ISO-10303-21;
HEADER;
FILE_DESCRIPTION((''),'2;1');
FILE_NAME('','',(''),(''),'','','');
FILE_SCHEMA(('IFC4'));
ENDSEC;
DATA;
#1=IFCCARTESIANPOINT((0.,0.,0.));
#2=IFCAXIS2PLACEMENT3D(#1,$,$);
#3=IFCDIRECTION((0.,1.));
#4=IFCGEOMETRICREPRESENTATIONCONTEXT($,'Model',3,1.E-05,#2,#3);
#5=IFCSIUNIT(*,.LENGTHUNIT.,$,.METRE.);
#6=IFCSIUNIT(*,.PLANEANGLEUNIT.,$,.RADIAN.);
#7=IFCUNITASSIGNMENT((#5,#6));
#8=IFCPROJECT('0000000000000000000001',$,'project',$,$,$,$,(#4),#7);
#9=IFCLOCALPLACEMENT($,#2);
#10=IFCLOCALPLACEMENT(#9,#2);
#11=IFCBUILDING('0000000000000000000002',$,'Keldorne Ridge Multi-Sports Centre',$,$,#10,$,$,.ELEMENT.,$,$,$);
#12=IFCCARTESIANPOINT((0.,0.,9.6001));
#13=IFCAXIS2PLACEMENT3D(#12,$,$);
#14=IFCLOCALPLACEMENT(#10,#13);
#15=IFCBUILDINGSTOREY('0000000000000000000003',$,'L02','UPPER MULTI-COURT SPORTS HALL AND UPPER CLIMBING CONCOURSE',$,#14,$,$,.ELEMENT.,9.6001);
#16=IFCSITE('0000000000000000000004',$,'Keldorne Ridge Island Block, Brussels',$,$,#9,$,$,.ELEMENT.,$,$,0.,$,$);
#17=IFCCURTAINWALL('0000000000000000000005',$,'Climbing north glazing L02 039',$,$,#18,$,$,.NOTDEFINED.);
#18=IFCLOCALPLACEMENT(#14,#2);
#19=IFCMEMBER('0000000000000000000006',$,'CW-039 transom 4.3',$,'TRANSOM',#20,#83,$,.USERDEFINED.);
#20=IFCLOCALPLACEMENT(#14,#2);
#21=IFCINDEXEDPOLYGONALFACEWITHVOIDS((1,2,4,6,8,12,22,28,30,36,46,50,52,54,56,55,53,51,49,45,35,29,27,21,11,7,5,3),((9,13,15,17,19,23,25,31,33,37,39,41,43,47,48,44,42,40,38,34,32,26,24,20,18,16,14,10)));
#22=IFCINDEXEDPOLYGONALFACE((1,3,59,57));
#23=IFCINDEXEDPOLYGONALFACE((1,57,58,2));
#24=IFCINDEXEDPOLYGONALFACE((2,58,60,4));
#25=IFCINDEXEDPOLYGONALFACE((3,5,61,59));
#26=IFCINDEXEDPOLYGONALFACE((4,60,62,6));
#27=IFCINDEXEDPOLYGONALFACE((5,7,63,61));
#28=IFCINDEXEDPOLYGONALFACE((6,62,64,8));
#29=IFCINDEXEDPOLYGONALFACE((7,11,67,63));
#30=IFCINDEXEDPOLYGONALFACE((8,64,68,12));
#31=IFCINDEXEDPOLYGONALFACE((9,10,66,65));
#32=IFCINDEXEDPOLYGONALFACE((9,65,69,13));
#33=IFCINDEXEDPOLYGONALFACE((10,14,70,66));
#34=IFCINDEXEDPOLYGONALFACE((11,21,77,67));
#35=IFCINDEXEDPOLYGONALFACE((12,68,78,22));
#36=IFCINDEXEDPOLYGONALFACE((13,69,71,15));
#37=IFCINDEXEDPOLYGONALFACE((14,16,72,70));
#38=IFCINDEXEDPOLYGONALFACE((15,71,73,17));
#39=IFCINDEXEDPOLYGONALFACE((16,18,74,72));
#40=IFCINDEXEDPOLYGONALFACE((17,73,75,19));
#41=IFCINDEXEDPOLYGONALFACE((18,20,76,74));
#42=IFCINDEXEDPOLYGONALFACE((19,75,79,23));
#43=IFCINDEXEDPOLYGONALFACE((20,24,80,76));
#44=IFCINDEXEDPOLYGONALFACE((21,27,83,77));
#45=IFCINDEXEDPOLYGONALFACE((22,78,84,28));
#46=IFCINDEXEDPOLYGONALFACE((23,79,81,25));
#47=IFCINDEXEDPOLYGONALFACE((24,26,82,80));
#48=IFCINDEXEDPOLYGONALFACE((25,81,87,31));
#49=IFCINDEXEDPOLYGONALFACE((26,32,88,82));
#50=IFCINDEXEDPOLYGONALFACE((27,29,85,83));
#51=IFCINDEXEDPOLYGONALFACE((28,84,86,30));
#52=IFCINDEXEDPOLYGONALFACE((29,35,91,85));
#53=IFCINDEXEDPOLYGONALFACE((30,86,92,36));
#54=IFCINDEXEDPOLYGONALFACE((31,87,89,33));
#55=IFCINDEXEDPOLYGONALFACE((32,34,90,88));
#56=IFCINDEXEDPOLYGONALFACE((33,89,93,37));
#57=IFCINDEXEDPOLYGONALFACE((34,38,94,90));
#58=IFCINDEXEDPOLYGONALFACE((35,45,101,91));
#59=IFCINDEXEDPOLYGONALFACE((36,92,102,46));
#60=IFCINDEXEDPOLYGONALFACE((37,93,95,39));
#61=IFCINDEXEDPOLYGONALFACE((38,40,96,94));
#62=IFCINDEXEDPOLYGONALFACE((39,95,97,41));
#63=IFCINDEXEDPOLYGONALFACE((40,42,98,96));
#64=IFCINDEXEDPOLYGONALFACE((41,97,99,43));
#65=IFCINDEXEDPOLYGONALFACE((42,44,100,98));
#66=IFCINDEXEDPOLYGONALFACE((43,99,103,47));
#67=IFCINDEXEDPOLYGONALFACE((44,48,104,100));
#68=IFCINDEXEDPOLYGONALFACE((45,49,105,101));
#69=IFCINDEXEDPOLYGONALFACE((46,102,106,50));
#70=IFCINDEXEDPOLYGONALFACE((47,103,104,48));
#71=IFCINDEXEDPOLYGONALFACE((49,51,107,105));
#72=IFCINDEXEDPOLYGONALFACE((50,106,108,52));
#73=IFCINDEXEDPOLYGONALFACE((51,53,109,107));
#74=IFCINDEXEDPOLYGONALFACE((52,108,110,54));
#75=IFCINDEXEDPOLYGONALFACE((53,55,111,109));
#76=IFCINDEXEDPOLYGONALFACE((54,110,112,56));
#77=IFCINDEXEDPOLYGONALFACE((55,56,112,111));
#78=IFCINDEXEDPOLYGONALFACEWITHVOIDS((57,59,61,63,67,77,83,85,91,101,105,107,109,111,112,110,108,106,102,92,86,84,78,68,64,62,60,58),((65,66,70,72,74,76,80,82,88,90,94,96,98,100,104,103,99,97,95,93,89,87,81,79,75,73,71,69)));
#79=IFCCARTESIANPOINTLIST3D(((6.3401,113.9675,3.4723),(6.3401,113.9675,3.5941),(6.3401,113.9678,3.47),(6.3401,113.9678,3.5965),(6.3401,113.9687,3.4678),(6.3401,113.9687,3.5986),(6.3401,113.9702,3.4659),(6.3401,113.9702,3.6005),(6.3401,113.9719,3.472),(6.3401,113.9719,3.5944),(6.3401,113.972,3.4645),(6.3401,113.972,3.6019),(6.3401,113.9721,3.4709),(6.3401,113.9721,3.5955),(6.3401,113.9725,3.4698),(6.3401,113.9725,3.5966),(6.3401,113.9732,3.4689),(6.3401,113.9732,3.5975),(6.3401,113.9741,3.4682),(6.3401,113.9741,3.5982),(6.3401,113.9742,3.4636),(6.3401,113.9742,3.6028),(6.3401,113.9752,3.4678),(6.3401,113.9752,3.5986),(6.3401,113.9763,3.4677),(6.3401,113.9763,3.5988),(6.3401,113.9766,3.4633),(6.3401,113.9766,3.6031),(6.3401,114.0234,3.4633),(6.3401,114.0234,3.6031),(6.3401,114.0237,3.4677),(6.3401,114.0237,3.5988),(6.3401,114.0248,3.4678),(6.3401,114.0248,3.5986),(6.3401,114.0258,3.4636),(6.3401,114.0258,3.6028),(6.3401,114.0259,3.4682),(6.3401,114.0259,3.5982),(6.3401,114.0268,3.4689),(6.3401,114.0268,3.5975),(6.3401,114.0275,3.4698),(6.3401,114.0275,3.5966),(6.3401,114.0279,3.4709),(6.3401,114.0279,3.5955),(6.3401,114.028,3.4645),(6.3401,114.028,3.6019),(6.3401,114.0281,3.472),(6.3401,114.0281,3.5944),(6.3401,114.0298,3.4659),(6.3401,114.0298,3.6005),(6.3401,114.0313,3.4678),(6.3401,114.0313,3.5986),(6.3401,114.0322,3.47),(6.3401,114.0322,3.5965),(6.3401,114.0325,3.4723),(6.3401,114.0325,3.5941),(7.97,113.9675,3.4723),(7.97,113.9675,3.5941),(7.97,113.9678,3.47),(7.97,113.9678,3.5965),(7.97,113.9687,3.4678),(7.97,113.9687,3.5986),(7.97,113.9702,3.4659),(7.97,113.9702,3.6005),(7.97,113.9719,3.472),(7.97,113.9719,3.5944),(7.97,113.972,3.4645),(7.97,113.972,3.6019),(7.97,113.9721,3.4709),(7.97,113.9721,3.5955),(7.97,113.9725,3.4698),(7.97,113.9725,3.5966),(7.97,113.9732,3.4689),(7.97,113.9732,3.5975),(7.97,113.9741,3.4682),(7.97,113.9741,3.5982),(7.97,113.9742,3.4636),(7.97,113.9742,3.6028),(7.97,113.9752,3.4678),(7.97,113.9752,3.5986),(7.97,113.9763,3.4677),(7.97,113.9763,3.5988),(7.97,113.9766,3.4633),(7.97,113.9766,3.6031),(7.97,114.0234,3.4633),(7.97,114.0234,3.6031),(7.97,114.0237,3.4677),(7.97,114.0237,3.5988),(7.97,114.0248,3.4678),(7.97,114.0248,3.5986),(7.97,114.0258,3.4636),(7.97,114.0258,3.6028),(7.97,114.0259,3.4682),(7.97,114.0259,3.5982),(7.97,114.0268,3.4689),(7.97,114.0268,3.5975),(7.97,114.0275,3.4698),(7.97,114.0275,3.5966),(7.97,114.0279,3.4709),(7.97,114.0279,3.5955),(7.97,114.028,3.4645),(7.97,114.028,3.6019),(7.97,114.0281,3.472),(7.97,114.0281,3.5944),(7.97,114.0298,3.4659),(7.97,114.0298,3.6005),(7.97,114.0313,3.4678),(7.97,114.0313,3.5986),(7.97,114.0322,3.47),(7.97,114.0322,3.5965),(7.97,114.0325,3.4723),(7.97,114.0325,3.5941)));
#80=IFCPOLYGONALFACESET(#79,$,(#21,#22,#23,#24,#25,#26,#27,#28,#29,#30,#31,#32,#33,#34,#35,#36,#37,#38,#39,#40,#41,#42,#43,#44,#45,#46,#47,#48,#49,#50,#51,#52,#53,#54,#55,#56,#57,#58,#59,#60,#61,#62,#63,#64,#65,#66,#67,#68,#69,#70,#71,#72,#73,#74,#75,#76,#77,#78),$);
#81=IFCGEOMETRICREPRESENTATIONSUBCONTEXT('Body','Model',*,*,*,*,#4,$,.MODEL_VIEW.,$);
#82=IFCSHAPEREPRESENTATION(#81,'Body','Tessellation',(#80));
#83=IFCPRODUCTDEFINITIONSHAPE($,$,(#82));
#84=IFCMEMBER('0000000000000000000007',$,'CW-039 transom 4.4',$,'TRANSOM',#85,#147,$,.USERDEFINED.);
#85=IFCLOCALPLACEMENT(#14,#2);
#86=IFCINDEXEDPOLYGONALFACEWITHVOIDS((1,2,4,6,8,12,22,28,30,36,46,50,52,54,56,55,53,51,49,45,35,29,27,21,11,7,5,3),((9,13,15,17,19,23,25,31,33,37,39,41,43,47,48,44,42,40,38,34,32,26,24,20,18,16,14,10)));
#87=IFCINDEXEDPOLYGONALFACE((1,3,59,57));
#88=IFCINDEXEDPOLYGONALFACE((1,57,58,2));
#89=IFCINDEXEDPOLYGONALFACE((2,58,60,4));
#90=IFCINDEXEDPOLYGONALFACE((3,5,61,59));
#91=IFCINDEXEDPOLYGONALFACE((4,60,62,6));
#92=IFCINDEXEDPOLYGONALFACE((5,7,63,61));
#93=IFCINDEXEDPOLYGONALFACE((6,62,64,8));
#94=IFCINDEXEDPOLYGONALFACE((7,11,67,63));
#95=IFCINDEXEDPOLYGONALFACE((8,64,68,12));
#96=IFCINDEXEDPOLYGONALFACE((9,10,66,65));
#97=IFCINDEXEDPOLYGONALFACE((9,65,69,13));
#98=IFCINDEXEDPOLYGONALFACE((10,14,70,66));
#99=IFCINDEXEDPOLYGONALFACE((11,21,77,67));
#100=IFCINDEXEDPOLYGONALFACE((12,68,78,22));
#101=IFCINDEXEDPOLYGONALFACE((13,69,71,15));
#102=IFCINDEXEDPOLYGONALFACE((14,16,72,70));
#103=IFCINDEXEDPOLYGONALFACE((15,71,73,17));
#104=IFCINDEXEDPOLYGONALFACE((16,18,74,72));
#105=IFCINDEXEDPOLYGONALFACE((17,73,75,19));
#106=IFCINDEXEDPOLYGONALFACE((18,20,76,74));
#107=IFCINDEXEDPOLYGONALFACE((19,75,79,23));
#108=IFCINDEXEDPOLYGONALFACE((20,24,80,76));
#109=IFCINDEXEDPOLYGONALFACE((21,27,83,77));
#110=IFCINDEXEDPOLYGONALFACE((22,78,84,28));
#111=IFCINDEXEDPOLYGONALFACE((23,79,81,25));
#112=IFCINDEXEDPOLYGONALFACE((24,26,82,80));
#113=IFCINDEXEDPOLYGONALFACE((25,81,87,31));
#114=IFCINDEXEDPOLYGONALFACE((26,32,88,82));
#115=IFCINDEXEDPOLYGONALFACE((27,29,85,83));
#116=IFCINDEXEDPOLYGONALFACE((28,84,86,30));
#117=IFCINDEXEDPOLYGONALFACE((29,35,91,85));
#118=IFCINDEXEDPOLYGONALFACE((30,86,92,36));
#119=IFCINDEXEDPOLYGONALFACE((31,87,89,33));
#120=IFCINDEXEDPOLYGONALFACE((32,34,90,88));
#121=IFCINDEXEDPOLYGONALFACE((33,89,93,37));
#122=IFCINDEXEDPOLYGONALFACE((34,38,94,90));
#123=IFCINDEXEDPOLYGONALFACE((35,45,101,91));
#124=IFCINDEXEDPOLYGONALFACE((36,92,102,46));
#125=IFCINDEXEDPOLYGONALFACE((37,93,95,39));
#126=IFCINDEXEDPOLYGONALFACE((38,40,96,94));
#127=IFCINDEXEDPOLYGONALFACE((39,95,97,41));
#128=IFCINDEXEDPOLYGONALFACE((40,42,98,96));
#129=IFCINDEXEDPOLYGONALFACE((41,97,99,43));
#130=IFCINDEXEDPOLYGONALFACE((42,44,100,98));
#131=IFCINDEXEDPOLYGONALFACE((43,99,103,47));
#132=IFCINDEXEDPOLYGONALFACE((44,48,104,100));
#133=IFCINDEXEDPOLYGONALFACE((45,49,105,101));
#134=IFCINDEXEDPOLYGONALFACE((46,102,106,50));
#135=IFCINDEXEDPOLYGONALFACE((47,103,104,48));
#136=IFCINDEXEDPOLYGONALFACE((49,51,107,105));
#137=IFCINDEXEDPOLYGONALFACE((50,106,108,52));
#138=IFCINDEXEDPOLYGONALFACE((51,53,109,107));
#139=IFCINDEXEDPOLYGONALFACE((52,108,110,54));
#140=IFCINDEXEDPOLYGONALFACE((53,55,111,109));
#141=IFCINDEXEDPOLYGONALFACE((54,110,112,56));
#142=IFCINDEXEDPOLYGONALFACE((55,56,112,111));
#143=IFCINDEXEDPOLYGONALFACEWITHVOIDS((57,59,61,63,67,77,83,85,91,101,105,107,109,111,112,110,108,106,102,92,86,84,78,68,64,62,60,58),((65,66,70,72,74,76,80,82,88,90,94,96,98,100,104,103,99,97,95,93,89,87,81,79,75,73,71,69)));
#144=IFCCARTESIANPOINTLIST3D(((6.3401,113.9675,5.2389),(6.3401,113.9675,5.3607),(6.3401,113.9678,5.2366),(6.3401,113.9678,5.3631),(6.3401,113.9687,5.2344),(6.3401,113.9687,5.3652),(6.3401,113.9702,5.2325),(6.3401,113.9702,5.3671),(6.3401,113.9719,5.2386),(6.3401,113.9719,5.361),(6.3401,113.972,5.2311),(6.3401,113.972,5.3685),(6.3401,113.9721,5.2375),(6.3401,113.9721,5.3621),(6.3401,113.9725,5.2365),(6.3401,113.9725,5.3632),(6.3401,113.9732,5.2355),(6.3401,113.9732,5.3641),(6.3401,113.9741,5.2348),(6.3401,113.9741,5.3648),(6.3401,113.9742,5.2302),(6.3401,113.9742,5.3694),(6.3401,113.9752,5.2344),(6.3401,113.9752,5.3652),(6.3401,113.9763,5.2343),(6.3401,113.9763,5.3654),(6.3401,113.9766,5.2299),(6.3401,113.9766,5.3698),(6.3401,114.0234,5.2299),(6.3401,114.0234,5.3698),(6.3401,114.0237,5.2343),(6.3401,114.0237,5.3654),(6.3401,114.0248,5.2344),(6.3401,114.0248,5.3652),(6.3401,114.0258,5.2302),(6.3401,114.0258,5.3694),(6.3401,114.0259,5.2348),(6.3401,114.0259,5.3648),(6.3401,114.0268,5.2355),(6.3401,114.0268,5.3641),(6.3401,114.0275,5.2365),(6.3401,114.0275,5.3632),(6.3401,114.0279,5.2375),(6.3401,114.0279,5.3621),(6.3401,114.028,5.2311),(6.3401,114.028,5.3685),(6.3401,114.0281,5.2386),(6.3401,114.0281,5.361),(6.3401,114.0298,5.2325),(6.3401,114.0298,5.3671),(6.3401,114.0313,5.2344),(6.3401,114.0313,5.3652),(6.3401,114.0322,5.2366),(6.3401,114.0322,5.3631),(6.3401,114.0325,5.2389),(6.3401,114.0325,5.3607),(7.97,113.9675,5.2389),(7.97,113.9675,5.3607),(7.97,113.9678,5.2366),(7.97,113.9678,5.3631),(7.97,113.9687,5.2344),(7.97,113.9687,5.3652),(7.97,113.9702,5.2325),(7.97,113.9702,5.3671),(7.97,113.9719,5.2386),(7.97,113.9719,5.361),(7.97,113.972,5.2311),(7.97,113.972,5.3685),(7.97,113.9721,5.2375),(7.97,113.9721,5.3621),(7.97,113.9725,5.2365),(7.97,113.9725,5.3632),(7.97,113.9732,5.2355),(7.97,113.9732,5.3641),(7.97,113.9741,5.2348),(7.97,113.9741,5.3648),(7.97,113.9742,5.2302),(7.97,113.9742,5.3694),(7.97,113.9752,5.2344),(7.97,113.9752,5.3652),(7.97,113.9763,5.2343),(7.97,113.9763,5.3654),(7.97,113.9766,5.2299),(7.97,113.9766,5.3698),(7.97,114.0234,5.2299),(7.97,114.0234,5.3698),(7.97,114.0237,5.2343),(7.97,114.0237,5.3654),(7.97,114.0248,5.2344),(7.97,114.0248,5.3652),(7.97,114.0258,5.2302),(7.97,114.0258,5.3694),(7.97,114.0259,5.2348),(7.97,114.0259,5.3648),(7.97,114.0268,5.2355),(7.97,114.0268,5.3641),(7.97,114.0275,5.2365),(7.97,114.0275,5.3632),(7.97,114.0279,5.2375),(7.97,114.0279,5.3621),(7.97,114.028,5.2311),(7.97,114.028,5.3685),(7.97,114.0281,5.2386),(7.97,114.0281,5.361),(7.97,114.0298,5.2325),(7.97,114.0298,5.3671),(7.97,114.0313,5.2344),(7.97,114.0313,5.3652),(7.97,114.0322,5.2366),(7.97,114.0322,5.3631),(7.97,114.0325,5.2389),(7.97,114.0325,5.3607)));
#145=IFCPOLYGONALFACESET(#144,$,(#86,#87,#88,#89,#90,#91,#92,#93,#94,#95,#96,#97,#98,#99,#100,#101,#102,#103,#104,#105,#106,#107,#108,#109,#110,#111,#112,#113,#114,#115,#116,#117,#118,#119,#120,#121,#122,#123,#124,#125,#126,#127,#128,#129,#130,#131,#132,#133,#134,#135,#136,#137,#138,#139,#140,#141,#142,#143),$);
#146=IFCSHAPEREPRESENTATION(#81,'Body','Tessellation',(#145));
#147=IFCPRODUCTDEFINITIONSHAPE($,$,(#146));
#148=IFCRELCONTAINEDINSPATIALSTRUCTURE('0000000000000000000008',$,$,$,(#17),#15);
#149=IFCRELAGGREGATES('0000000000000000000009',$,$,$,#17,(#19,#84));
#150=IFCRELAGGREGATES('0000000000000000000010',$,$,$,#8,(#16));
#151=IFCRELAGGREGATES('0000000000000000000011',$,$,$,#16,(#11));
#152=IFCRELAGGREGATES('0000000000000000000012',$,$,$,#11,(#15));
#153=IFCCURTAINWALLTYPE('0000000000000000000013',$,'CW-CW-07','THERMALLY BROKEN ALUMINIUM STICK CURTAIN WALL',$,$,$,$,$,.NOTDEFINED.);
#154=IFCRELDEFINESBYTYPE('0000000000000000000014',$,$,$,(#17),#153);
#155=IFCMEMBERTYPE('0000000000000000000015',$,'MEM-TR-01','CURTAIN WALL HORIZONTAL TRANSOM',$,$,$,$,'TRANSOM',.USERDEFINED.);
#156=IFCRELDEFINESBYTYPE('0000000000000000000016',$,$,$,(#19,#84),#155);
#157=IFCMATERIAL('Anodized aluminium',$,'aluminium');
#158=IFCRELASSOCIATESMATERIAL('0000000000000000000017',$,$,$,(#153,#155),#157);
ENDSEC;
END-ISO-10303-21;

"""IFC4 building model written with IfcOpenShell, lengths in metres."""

from ifc_helpers import new_model, si_unit, direction, frame, origin, origin_2d, place, context, subcontext, project, spatial, hollow_rectangle, extrude, material, material_profile, profile_set, type_object, element, aggregate, save


model = new_model("IFC4")

# Units and contexts
model_context = context("Model", 3, precision=1e-05, world=origin(), true_north=direction((0.0, 1.0)))
body_context = subcontext(model_context, "Body", "Model", "MODEL_VIEW")
ifc_project = project(units=[si_unit("LENGTHUNIT", "METRE"), si_unit("PLANEANGLEUNIT", "RADIAN")], contexts=[model_context])

# Site, building, storey
site_placement = place(None, origin())
site = spatial("IfcSite", under=ifc_project, at=site_placement, Name="Keldorne Ridge Island Block, Brussels", CompositionType="ELEMENT", RefElevation=0.0)
building_placement = place(site_placement, origin())
building = spatial("IfcBuilding", under=site, at=building_placement, Name="Keldorne Ridge Multi-Sports Centre", CompositionType="ELEMENT")
storey_placement = place(building_placement, frame((0.0, 0.0, 9.6001)))
storey = spatial("IfcBuildingStorey", under=building, at=storey_placement, Name="L02", Description="UPPER MULTI-COURT SPORTS HALL AND UPPER CLIMBING CONCOURSE", CompositionType="ELEMENT", Elevation=9.6001)

# Curtain wall
ifc_material_1 = material(Name="Anodized aluminium", Category="aluminium")
curtain_wall_type = type_object("IfcCurtainWallType", Name="CW-CW-07", Description="THERMALLY BROKEN ALUMINIUM STICK CURTAIN WALL", PredefinedType="NOTDEFINED", material=ifc_material_1)
curtain_wall_placement = place(storey_placement, origin())
curtain_wall = element("IfcCurtainWall", 1, at=curtain_wall_placement, inside=storey, type_object=curtain_wall_type, Name="Climbing north glazing L02 039", PredefinedType="NOTDEFINED")

# Members
ifc_material_profile_1 = material_profile(ifc_material_1, hollow_rectangle(XDim=0.0649, YDim=0.1399, WallThickness=0.0044, InnerFilletRadius=0.0044, OuterFilletRadius=0.009, at=origin_2d()), Name="ALU TRANSOM 140x65x4.5")
ifc_profile_set_1 = profile_set([ifc_material_profile_1], Name="Anodized aluminium")
member_type_1 = type_object("IfcMemberType", Name="MEM-TR-01", Description="CURTAIN WALL HORIZONTAL TRANSOM", ElementType="TRANSOM", PredefinedType="USERDEFINED", material=ifc_profile_set_1)
member_1_placement = place(storey_placement, frame((7.97, 114.0, 3.5332), z_axis=(-1.0, 0.0, 0.0), x_axis=(0.0, -1.0, 0.0)))
member_1 = element("IfcMember", 2, at=member_1_placement, type_object=member_type_1, Name="CW-039 transom 4.3", ObjectType="TRANSOM", PredefinedType="USERDEFINED", context=body_context, shape_type="SweptSolid", body=[
    extrude(hollow_rectangle(XDim=0.0649, YDim=0.1399, WallThickness=0.0044, InnerFilletRadius=0.0044, OuterFilletRadius=0.009, at=origin_2d()), origin(), (0.0, 0.0, 1.0), 1.6299),
])
member_2_placement = place(storey_placement, frame((7.97, 114.0, 5.2998), z_axis=(-1.0, 0.0, 0.0), x_axis=(0.0, -1.0, 0.0)))
member_2 = element("IfcMember", 3, at=member_2_placement, type_object=member_type_1, Name="CW-039 transom 4.4", ObjectType="TRANSOM", PredefinedType="USERDEFINED", context=body_context, shape_type="SweptSolid", body=[
    extrude(hollow_rectangle(XDim=0.0649, YDim=0.1399, WallThickness=0.0044, InnerFilletRadius=0.0044, OuterFilletRadius=0.009, at=origin_2d()), origin(), (0.0, 0.0, 1.0), 1.6299),
])

aggregate(curtain_wall, [member_1, member_2])

save(model, "model.ifc")
